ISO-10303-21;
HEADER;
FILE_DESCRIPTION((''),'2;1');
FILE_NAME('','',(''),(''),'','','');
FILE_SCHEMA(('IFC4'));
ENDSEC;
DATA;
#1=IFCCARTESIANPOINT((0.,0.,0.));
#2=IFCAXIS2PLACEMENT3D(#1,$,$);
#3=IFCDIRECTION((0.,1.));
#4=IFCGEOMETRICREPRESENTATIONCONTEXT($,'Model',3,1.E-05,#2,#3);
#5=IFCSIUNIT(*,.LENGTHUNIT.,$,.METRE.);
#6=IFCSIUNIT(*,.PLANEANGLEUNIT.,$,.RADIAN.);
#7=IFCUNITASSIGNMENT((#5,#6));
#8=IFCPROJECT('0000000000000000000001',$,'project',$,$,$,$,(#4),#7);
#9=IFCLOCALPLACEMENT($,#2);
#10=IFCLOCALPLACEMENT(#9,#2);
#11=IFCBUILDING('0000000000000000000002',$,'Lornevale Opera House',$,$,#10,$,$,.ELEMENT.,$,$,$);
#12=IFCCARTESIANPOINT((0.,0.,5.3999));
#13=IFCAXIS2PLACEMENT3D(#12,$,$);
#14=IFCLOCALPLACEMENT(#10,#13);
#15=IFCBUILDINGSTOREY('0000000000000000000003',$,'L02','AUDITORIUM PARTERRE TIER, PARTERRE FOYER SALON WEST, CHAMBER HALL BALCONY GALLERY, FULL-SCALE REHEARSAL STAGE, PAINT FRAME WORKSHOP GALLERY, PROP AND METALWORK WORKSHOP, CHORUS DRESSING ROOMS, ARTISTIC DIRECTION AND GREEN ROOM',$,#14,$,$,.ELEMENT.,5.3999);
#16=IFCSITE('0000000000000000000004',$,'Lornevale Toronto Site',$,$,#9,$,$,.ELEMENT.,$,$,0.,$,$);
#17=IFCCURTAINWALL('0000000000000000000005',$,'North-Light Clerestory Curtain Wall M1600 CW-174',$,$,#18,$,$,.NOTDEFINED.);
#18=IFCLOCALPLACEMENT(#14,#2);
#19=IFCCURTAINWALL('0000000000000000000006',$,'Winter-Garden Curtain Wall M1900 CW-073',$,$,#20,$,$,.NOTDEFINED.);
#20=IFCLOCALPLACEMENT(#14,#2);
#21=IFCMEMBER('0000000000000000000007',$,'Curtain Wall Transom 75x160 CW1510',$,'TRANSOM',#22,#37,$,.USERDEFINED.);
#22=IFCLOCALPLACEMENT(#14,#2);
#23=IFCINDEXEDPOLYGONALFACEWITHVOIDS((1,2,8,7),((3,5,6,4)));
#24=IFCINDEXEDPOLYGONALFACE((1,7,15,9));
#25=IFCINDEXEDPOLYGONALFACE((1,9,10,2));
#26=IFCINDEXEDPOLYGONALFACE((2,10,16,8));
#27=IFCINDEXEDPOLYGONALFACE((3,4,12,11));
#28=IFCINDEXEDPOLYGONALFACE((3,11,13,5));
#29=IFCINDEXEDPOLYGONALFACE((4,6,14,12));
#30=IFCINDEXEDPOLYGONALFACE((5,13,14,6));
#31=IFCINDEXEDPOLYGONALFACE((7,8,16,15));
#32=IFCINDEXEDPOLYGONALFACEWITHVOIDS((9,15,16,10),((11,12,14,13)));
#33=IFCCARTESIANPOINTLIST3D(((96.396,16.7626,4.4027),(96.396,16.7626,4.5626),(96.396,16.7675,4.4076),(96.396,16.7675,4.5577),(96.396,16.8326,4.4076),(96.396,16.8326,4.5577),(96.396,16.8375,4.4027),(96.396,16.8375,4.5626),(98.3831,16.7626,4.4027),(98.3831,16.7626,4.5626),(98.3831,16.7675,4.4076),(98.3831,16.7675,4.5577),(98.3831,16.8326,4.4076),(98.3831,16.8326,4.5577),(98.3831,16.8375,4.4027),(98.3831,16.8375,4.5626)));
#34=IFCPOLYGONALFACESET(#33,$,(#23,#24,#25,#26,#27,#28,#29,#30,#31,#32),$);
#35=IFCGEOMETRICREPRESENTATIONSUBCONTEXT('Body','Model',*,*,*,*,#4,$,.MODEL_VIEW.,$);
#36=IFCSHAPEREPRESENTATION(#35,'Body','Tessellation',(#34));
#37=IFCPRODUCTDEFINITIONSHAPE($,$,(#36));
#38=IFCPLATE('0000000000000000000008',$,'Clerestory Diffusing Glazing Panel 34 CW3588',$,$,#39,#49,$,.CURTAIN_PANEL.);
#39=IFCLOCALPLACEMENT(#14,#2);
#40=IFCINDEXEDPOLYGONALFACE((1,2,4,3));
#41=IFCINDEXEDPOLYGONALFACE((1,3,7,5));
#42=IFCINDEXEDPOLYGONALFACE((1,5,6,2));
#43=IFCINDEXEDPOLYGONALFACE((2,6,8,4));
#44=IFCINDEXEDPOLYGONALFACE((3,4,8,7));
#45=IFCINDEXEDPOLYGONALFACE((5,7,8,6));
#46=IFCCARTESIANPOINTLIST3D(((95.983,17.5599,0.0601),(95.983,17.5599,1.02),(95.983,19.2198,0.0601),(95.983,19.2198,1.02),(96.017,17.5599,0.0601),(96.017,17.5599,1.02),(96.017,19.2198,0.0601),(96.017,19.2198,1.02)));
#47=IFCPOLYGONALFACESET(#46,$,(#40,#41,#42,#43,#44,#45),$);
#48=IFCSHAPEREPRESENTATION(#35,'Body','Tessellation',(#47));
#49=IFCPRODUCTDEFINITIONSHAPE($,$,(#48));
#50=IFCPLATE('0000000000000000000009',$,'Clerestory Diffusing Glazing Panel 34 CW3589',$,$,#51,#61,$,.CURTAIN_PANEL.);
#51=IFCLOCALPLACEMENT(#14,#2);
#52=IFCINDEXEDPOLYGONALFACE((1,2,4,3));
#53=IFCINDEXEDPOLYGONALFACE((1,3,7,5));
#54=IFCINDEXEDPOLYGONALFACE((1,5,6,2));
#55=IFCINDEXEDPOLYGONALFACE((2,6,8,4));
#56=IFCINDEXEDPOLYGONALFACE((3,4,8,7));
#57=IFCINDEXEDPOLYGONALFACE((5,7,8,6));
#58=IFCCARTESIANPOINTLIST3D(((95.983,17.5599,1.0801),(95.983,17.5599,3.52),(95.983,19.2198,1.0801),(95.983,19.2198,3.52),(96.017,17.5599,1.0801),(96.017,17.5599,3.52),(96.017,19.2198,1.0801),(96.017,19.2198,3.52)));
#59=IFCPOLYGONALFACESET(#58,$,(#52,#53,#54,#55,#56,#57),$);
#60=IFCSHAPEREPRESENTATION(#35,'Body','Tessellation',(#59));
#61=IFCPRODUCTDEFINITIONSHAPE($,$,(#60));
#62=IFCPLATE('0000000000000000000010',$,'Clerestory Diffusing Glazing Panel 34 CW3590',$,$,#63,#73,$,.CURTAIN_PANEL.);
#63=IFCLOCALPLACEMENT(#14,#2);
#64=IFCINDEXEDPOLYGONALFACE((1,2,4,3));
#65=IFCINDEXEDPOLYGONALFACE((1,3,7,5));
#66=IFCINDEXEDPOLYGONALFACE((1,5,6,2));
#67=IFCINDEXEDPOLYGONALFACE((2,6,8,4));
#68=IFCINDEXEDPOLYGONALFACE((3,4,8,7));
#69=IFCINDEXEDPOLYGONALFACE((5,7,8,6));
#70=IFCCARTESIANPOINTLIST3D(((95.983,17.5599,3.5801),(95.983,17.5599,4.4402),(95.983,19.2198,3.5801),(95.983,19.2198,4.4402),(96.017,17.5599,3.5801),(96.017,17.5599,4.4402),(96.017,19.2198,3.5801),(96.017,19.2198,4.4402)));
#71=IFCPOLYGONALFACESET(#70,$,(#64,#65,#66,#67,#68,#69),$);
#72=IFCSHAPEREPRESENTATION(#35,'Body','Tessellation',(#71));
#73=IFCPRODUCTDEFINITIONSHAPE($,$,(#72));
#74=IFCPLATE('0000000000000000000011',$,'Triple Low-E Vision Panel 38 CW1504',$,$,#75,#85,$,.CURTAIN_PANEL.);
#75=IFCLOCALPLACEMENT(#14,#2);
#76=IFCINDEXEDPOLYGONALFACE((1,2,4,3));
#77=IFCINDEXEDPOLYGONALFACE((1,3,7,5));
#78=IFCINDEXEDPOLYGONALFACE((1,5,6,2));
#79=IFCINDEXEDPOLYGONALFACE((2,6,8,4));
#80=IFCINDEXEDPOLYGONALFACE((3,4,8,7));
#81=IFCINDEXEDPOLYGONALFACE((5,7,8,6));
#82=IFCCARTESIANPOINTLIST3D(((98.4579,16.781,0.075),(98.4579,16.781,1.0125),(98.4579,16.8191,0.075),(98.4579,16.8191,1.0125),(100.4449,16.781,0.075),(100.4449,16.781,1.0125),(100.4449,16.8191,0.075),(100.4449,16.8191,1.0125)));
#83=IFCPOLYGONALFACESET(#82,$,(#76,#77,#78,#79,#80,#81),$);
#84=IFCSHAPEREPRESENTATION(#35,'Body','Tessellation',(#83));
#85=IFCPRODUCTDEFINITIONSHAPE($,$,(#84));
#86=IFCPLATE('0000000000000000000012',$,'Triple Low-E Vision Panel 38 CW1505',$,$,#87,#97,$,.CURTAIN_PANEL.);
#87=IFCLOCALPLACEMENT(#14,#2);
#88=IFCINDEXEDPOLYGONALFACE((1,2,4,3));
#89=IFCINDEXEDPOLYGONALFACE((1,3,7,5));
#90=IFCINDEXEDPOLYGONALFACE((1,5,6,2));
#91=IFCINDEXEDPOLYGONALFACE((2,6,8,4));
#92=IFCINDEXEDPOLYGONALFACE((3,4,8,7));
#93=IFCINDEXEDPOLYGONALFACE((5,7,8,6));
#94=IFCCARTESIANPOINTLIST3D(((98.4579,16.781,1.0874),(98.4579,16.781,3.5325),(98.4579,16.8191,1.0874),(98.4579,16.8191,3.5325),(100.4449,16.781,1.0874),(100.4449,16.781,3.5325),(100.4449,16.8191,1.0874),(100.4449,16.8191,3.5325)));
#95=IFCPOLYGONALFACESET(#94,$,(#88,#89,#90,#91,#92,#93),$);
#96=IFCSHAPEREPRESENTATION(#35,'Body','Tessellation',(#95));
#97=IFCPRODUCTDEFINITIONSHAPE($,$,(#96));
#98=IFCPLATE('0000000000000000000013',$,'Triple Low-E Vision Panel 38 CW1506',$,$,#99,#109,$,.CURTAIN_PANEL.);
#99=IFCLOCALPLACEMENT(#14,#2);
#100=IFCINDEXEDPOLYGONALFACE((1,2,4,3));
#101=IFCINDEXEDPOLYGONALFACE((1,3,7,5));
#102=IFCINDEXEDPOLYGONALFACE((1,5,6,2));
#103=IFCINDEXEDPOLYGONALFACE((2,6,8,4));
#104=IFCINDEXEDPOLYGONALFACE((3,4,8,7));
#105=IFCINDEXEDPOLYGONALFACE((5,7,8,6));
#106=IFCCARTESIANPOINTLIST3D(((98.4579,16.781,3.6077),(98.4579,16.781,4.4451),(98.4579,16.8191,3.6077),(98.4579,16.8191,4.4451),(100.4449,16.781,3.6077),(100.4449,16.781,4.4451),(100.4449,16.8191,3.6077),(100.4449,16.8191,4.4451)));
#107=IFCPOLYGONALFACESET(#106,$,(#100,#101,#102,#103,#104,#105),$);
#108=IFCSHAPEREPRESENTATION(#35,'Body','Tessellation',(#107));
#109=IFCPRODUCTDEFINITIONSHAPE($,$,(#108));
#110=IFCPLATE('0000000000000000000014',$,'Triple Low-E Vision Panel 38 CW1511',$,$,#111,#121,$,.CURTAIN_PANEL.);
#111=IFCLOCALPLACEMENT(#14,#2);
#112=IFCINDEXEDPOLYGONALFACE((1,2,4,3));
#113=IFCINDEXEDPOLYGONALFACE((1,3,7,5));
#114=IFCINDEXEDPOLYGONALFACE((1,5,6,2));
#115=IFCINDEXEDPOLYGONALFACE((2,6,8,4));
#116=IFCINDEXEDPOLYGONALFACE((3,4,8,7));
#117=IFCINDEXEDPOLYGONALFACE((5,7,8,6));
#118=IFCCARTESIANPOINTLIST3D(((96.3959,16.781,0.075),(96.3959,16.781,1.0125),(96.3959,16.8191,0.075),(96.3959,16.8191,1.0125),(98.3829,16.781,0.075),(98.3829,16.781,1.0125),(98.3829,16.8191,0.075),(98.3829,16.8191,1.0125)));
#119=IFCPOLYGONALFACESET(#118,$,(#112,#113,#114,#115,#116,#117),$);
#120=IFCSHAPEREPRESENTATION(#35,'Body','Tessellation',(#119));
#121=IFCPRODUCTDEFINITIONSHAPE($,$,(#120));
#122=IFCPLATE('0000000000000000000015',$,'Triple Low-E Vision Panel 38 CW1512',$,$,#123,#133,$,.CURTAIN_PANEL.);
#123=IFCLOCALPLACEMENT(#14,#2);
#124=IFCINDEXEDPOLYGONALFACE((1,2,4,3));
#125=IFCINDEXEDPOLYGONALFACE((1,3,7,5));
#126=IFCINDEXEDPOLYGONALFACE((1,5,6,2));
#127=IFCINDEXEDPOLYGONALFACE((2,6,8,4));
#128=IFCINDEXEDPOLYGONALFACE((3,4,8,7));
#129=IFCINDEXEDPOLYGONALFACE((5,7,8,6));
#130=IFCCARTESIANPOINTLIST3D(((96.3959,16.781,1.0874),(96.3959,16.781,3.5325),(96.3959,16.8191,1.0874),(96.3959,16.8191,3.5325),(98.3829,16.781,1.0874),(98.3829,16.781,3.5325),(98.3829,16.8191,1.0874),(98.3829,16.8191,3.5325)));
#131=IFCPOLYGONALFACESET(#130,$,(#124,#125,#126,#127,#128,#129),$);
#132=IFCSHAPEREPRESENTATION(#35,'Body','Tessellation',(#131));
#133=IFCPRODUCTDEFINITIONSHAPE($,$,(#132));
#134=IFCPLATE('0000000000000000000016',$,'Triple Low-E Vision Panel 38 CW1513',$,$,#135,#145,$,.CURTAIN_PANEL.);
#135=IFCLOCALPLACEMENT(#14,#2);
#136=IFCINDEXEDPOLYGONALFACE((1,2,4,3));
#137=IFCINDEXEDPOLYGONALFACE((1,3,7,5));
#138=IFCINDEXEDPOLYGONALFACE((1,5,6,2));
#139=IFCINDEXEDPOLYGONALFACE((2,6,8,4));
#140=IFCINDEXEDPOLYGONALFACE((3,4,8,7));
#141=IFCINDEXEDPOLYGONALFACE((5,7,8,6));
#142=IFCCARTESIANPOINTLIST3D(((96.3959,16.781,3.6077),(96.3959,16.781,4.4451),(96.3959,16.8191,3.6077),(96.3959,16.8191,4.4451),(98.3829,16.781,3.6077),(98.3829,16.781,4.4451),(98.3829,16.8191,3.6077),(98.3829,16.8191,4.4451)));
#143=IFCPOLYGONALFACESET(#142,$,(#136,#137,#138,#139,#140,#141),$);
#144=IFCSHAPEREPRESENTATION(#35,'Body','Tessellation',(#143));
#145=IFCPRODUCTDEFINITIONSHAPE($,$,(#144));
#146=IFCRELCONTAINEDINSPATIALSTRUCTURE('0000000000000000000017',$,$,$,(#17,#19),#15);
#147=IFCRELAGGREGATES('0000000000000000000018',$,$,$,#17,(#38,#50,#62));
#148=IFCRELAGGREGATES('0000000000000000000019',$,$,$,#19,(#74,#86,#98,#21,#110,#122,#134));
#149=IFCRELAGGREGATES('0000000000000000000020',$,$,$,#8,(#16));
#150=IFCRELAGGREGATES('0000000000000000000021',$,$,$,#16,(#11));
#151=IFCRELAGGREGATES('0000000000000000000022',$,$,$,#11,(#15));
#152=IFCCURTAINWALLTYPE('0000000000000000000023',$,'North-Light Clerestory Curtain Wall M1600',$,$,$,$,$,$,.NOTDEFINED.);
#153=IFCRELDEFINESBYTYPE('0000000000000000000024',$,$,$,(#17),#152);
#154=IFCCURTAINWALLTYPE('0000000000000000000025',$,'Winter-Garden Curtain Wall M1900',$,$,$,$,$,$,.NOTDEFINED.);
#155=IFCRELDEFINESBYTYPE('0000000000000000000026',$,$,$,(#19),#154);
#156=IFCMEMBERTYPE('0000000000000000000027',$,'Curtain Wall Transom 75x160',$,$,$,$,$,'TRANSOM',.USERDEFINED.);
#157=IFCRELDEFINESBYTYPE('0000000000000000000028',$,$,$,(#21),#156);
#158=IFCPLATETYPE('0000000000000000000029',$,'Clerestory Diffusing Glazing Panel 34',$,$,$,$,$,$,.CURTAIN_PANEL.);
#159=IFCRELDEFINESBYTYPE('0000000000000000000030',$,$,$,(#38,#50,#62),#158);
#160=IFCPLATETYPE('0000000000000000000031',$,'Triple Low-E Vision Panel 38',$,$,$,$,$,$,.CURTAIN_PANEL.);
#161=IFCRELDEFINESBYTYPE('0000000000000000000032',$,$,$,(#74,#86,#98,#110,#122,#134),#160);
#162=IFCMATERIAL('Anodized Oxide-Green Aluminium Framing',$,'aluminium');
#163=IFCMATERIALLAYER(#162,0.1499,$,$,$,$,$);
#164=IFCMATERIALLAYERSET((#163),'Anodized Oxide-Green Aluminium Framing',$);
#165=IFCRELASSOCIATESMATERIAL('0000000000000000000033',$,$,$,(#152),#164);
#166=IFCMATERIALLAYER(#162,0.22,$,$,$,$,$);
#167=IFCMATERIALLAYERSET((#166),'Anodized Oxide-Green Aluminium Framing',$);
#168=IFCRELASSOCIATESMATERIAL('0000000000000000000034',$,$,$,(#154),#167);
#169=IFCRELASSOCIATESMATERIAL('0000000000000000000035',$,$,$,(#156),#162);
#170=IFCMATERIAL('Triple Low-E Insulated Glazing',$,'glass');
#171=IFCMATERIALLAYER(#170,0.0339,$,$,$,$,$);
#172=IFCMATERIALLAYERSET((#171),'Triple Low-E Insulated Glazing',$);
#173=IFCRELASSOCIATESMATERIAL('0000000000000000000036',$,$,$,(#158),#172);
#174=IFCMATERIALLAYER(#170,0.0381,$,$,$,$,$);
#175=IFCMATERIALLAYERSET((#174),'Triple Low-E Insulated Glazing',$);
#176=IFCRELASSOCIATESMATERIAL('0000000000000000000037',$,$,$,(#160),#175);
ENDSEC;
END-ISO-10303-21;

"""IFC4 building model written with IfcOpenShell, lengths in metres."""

from ifc_helpers import new_model, si_unit, direction, frame, origin, origin_2d, place, context, subcontext, project, spatial, rectangle, hollow_rectangle, extrude, material, layer, layer_set, material_profile, profile_set, type_object, element, aggregate, save


model = new_model("IFC4")

# Units and contexts
model_context = context("Model", 3, precision=1e-05, world=origin(), true_north=direction((0.0, 1.0)))
body_context = subcontext(model_context, "Body", "Model", "MODEL_VIEW")
ifc_project = project(units=[si_unit("LENGTHUNIT", "METRE"), si_unit("PLANEANGLEUNIT", "RADIAN")], contexts=[model_context])

# Site, building, storey
site_placement = place(None, origin())
site = spatial("IfcSite", under=ifc_project, at=site_placement, Name="Lornevale Toronto Site", CompositionType="ELEMENT", RefElevation=0.0)
building_placement = place(site_placement, origin())
building = spatial("IfcBuilding", under=site, at=building_placement, Name="Lornevale Opera House", CompositionType="ELEMENT")
storey_placement = place(building_placement, frame((0.0, 0.0, 5.3999)))
storey = spatial("IfcBuildingStorey", under=building, at=storey_placement, Name="L02", Description="AUDITORIUM PARTERRE TIER, PARTERRE FOYER SALON WEST, CHAMBER HALL BALCONY GALLERY, FULL-SCALE REHEARSAL STAGE, PAINT FRAME WORKSHOP GALLERY, PROP AND METALWORK WORKSHOP, CHORUS DRESSING ROOMS, ARTISTIC DIRECTION AND GREEN ROOM", CompositionType="ELEMENT", Elevation=5.3999)

# Curtain wall
ifc_material_1 = material(Name="Anodized Oxide-Green Aluminium Framing", Category="aluminium")
ifc_layer_1 = layer(ifc_material_1, 0.1499)
ifc_layer_set_1 = layer_set([ifc_layer_1], Name="Anodized Oxide-Green Aluminium Framing")
curtain_wall_type_1 = type_object("IfcCurtainWallType", Name="North-Light Clerestory Curtain Wall M1600", PredefinedType="NOTDEFINED", material=ifc_layer_set_1)
curtain_wall_1_placement = place(storey_placement, origin())
curtain_wall_1 = element("IfcCurtainWall", 1, at=curtain_wall_1_placement, inside=storey, type_object=curtain_wall_type_1, Name="North-Light Clerestory Curtain Wall M1600 CW-174", PredefinedType="NOTDEFINED")

# Curtain wall
ifc_layer_2 = layer(ifc_material_1, 0.22)
ifc_layer_set_2 = layer_set([ifc_layer_2], Name="Anodized Oxide-Green Aluminium Framing")
curtain_wall_type_2 = type_object("IfcCurtainWallType", Name="Winter-Garden Curtain Wall M1900", PredefinedType="NOTDEFINED", material=ifc_layer_set_2)
curtain_wall_2_placement = place(storey_placement, origin())
curtain_wall_2 = element("IfcCurtainWall", 2, at=curtain_wall_2_placement, inside=storey, type_object=curtain_wall_type_2, Name="Winter-Garden Curtain Wall M1900 CW-073", PredefinedType="NOTDEFINED")

# Member
ifc_material_profile_1 = material_profile(ifc_material_1, hollow_rectangle(XDim=0.075, YDim=0.1599, WallThickness=0.0049, at=origin_2d()), Name="ALU75x160x5")
ifc_profile_set_1 = profile_set([ifc_material_profile_1], Name="Anodized Oxide-Green Aluminium Framing")
member_type_1 = type_object("IfcMemberType", Name="Curtain Wall Transom 75x160", ElementType="TRANSOM", PredefinedType="USERDEFINED", material=ifc_profile_set_1)
member_1_placement = place(storey_placement, frame((98.3831, 16.8, 4.4827), z_axis=(-1.0, 0.0, 0.0), x_axis=(0.0, -1.0, 0.0)))
member_1 = element("IfcMember", 3, at=member_1_placement, type_object=member_type_1, Name="Curtain Wall Transom 75x160 CW1510", ObjectType="TRANSOM", PredefinedType="USERDEFINED", context=body_context, shape_type="SweptSolid", body=[
    extrude(hollow_rectangle(XDim=0.075, YDim=0.1599, WallThickness=0.0049, at=origin_2d()), origin(), (0.0, 0.0, 1.0), 1.9871),
])

# Plates
ifc_material_2 = material(Name="Triple Low-E Insulated Glazing", Category="glass")
ifc_layer_3 = layer(ifc_material_2, 0.0339)
ifc_layer_set_3 = layer_set([ifc_layer_3], Name="Triple Low-E Insulated Glazing")
plate_type_1 = type_object("IfcPlateType", Name="Clerestory Diffusing Glazing Panel 34", PredefinedType="CURTAIN_PANEL", material=ifc_layer_set_3)
plate_1_placement = place(storey_placement, frame((96.0, 18.3899, 0.0601), z_axis=(0.0, 0.0, 1.0), x_axis=(0.0, -1.0, 0.0)))
plate_1 = element("IfcPlate", 4, at=plate_1_placement, type_object=plate_type_1, Name="Clerestory Diffusing Glazing Panel 34 CW3588", PredefinedType="CURTAIN_PANEL", context=body_context, shape_type="SweptSolid", body=[
    extrude(rectangle(XDim=1.6599, YDim=0.0339, at=origin_2d()), origin(), (0.0, 0.0, 1.0), 0.96),
])
plate_2_placement = place(storey_placement, frame((96.0, 18.3899, 1.0801), z_axis=(0.0, 0.0, 1.0), x_axis=(0.0, -1.0, 0.0)))
plate_2 = element("IfcPlate", 5, at=plate_2_placement, type_object=plate_type_1, Name="Clerestory Diffusing Glazing Panel 34 CW3589", PredefinedType="CURTAIN_PANEL", context=body_context, shape_type="SweptSolid", body=[
    extrude(rectangle(XDim=1.6599, YDim=0.0339, at=origin_2d()), origin(), (0.0, 0.0, 1.0), 2.4399),
])
plate_3_placement = place(storey_placement, frame((96.0, 18.3899, 3.5801), z_axis=(0.0, 0.0, 1.0), x_axis=(0.0, -1.0, 0.0)))
plate_3 = element("IfcPlate", 6, at=plate_3_placement, type_object=plate_type_1, Name="Clerestory Diffusing Glazing Panel 34 CW3590", PredefinedType="CURTAIN_PANEL", context=body_context, shape_type="SweptSolid", body=[
    extrude(rectangle(XDim=1.6599, YDim=0.0339, at=origin_2d()), origin(), (0.0, 0.0, 1.0), 0.8601),
])
aggregate(curtain_wall_1, [plate_1, plate_2, plate_3])
ifc_layer_4 = layer(ifc_material_2, 0.0381)
ifc_layer_set_4 = layer_set([ifc_layer_4], Name="Triple Low-E Insulated Glazing")
plate_type_2 = type_object("IfcPlateType", Name="Triple Low-E Vision Panel 38", PredefinedType="CURTAIN_PANEL", material=ifc_layer_set_4)
plate_4_placement = place(storey_placement, frame((99.4514, 16.8, 0.075), z_axis=(0.0, 0.0, 1.0), x_axis=(-1.0, 0.0, 0.0)))
plate_4 = element("IfcPlate", 7, at=plate_4_placement, type_object=plate_type_2, Name="Triple Low-E Vision Panel 38 CW1504", PredefinedType="CURTAIN_PANEL", context=body_context, shape_type="SweptSolid", body=[
    extrude(rectangle(XDim=1.9871, YDim=0.0381, at=origin_2d()), origin(), (0.0, 0.0, 1.0), 0.9375),
])
plate_5_placement = place(storey_placement, frame((99.4514, 16.8, 1.0874), z_axis=(0.0, 0.0, 1.0), x_axis=(-1.0, 0.0, 0.0)))
plate_5 = element("IfcPlate", 8, at=plate_5_placement, type_object=plate_type_2, Name="Triple Low-E Vision Panel 38 CW1505", PredefinedType="CURTAIN_PANEL", context=body_context, shape_type="SweptSolid", body=[
    extrude(rectangle(XDim=1.9871, YDim=0.0381, at=origin_2d()), origin(), (0.0, 0.0, 1.0), 2.4451),
])
plate_6_placement = place(storey_placement, frame((99.4514, 16.8, 3.6077), z_axis=(0.0, 0.0, 1.0), x_axis=(-1.0, 0.0, 0.0)))
plate_6 = element("IfcPlate", 9, at=plate_6_placement, type_object=plate_type_2, Name="Triple Low-E Vision Panel 38 CW1506", PredefinedType="CURTAIN_PANEL", context=body_context, shape_type="SweptSolid", body=[
    extrude(rectangle(XDim=1.9871, YDim=0.0381, at=origin_2d()), origin(), (0.0, 0.0, 1.0), 0.8374),
])
plate_7_placement = place(storey_placement, frame((97.3894, 16.8, 0.075), z_axis=(0.0, 0.0, 1.0), x_axis=(-1.0, 0.0, 0.0)))
plate_7 = element("IfcPlate", 10, at=plate_7_placement, type_object=plate_type_2, Name="Triple Low-E Vision Panel 38 CW1511", PredefinedType="CURTAIN_PANEL", context=body_context, shape_type="SweptSolid", body=[
    extrude(rectangle(XDim=1.9871, YDim=0.0381, at=origin_2d()), origin(), (0.0, 0.0, 1.0), 0.9375),
])
plate_8_placement = place(storey_placement, frame((97.3894, 16.8, 1.0874), z_axis=(0.0, 0.0, 1.0), x_axis=(-1.0, 0.0, 0.0)))
plate_8 = element("IfcPlate", 11, at=plate_8_placement, type_object=plate_type_2, Name="Triple Low-E Vision Panel 38 CW1512", PredefinedType="CURTAIN_PANEL", context=body_context, shape_type="SweptSolid", body=[
    extrude(rectangle(XDim=1.9871, YDim=0.0381, at=origin_2d()), origin(), (0.0, 0.0, 1.0), 2.4451),
])
plate_9_placement = place(storey_placement, frame((97.3894, 16.8, 3.6077), z_axis=(0.0, 0.0, 1.0), x_axis=(-1.0, 0.0, 0.0)))
plate_9 = element("IfcPlate", 12, at=plate_9_placement, type_object=plate_type_2, Name="Triple Low-E Vision Panel 38 CW1513", PredefinedType="CURTAIN_PANEL", context=body_context, shape_type="SweptSolid", body=[
    extrude(rectangle(XDim=1.9871, YDim=0.0381, at=origin_2d()), origin(), (0.0, 0.0, 1.0), 0.8374),
])
aggregate(curtain_wall_2, [plate_4, plate_5, plate_6, member_1, plate_7, plate_8, plate_9])

save(model, "model.ifc")
